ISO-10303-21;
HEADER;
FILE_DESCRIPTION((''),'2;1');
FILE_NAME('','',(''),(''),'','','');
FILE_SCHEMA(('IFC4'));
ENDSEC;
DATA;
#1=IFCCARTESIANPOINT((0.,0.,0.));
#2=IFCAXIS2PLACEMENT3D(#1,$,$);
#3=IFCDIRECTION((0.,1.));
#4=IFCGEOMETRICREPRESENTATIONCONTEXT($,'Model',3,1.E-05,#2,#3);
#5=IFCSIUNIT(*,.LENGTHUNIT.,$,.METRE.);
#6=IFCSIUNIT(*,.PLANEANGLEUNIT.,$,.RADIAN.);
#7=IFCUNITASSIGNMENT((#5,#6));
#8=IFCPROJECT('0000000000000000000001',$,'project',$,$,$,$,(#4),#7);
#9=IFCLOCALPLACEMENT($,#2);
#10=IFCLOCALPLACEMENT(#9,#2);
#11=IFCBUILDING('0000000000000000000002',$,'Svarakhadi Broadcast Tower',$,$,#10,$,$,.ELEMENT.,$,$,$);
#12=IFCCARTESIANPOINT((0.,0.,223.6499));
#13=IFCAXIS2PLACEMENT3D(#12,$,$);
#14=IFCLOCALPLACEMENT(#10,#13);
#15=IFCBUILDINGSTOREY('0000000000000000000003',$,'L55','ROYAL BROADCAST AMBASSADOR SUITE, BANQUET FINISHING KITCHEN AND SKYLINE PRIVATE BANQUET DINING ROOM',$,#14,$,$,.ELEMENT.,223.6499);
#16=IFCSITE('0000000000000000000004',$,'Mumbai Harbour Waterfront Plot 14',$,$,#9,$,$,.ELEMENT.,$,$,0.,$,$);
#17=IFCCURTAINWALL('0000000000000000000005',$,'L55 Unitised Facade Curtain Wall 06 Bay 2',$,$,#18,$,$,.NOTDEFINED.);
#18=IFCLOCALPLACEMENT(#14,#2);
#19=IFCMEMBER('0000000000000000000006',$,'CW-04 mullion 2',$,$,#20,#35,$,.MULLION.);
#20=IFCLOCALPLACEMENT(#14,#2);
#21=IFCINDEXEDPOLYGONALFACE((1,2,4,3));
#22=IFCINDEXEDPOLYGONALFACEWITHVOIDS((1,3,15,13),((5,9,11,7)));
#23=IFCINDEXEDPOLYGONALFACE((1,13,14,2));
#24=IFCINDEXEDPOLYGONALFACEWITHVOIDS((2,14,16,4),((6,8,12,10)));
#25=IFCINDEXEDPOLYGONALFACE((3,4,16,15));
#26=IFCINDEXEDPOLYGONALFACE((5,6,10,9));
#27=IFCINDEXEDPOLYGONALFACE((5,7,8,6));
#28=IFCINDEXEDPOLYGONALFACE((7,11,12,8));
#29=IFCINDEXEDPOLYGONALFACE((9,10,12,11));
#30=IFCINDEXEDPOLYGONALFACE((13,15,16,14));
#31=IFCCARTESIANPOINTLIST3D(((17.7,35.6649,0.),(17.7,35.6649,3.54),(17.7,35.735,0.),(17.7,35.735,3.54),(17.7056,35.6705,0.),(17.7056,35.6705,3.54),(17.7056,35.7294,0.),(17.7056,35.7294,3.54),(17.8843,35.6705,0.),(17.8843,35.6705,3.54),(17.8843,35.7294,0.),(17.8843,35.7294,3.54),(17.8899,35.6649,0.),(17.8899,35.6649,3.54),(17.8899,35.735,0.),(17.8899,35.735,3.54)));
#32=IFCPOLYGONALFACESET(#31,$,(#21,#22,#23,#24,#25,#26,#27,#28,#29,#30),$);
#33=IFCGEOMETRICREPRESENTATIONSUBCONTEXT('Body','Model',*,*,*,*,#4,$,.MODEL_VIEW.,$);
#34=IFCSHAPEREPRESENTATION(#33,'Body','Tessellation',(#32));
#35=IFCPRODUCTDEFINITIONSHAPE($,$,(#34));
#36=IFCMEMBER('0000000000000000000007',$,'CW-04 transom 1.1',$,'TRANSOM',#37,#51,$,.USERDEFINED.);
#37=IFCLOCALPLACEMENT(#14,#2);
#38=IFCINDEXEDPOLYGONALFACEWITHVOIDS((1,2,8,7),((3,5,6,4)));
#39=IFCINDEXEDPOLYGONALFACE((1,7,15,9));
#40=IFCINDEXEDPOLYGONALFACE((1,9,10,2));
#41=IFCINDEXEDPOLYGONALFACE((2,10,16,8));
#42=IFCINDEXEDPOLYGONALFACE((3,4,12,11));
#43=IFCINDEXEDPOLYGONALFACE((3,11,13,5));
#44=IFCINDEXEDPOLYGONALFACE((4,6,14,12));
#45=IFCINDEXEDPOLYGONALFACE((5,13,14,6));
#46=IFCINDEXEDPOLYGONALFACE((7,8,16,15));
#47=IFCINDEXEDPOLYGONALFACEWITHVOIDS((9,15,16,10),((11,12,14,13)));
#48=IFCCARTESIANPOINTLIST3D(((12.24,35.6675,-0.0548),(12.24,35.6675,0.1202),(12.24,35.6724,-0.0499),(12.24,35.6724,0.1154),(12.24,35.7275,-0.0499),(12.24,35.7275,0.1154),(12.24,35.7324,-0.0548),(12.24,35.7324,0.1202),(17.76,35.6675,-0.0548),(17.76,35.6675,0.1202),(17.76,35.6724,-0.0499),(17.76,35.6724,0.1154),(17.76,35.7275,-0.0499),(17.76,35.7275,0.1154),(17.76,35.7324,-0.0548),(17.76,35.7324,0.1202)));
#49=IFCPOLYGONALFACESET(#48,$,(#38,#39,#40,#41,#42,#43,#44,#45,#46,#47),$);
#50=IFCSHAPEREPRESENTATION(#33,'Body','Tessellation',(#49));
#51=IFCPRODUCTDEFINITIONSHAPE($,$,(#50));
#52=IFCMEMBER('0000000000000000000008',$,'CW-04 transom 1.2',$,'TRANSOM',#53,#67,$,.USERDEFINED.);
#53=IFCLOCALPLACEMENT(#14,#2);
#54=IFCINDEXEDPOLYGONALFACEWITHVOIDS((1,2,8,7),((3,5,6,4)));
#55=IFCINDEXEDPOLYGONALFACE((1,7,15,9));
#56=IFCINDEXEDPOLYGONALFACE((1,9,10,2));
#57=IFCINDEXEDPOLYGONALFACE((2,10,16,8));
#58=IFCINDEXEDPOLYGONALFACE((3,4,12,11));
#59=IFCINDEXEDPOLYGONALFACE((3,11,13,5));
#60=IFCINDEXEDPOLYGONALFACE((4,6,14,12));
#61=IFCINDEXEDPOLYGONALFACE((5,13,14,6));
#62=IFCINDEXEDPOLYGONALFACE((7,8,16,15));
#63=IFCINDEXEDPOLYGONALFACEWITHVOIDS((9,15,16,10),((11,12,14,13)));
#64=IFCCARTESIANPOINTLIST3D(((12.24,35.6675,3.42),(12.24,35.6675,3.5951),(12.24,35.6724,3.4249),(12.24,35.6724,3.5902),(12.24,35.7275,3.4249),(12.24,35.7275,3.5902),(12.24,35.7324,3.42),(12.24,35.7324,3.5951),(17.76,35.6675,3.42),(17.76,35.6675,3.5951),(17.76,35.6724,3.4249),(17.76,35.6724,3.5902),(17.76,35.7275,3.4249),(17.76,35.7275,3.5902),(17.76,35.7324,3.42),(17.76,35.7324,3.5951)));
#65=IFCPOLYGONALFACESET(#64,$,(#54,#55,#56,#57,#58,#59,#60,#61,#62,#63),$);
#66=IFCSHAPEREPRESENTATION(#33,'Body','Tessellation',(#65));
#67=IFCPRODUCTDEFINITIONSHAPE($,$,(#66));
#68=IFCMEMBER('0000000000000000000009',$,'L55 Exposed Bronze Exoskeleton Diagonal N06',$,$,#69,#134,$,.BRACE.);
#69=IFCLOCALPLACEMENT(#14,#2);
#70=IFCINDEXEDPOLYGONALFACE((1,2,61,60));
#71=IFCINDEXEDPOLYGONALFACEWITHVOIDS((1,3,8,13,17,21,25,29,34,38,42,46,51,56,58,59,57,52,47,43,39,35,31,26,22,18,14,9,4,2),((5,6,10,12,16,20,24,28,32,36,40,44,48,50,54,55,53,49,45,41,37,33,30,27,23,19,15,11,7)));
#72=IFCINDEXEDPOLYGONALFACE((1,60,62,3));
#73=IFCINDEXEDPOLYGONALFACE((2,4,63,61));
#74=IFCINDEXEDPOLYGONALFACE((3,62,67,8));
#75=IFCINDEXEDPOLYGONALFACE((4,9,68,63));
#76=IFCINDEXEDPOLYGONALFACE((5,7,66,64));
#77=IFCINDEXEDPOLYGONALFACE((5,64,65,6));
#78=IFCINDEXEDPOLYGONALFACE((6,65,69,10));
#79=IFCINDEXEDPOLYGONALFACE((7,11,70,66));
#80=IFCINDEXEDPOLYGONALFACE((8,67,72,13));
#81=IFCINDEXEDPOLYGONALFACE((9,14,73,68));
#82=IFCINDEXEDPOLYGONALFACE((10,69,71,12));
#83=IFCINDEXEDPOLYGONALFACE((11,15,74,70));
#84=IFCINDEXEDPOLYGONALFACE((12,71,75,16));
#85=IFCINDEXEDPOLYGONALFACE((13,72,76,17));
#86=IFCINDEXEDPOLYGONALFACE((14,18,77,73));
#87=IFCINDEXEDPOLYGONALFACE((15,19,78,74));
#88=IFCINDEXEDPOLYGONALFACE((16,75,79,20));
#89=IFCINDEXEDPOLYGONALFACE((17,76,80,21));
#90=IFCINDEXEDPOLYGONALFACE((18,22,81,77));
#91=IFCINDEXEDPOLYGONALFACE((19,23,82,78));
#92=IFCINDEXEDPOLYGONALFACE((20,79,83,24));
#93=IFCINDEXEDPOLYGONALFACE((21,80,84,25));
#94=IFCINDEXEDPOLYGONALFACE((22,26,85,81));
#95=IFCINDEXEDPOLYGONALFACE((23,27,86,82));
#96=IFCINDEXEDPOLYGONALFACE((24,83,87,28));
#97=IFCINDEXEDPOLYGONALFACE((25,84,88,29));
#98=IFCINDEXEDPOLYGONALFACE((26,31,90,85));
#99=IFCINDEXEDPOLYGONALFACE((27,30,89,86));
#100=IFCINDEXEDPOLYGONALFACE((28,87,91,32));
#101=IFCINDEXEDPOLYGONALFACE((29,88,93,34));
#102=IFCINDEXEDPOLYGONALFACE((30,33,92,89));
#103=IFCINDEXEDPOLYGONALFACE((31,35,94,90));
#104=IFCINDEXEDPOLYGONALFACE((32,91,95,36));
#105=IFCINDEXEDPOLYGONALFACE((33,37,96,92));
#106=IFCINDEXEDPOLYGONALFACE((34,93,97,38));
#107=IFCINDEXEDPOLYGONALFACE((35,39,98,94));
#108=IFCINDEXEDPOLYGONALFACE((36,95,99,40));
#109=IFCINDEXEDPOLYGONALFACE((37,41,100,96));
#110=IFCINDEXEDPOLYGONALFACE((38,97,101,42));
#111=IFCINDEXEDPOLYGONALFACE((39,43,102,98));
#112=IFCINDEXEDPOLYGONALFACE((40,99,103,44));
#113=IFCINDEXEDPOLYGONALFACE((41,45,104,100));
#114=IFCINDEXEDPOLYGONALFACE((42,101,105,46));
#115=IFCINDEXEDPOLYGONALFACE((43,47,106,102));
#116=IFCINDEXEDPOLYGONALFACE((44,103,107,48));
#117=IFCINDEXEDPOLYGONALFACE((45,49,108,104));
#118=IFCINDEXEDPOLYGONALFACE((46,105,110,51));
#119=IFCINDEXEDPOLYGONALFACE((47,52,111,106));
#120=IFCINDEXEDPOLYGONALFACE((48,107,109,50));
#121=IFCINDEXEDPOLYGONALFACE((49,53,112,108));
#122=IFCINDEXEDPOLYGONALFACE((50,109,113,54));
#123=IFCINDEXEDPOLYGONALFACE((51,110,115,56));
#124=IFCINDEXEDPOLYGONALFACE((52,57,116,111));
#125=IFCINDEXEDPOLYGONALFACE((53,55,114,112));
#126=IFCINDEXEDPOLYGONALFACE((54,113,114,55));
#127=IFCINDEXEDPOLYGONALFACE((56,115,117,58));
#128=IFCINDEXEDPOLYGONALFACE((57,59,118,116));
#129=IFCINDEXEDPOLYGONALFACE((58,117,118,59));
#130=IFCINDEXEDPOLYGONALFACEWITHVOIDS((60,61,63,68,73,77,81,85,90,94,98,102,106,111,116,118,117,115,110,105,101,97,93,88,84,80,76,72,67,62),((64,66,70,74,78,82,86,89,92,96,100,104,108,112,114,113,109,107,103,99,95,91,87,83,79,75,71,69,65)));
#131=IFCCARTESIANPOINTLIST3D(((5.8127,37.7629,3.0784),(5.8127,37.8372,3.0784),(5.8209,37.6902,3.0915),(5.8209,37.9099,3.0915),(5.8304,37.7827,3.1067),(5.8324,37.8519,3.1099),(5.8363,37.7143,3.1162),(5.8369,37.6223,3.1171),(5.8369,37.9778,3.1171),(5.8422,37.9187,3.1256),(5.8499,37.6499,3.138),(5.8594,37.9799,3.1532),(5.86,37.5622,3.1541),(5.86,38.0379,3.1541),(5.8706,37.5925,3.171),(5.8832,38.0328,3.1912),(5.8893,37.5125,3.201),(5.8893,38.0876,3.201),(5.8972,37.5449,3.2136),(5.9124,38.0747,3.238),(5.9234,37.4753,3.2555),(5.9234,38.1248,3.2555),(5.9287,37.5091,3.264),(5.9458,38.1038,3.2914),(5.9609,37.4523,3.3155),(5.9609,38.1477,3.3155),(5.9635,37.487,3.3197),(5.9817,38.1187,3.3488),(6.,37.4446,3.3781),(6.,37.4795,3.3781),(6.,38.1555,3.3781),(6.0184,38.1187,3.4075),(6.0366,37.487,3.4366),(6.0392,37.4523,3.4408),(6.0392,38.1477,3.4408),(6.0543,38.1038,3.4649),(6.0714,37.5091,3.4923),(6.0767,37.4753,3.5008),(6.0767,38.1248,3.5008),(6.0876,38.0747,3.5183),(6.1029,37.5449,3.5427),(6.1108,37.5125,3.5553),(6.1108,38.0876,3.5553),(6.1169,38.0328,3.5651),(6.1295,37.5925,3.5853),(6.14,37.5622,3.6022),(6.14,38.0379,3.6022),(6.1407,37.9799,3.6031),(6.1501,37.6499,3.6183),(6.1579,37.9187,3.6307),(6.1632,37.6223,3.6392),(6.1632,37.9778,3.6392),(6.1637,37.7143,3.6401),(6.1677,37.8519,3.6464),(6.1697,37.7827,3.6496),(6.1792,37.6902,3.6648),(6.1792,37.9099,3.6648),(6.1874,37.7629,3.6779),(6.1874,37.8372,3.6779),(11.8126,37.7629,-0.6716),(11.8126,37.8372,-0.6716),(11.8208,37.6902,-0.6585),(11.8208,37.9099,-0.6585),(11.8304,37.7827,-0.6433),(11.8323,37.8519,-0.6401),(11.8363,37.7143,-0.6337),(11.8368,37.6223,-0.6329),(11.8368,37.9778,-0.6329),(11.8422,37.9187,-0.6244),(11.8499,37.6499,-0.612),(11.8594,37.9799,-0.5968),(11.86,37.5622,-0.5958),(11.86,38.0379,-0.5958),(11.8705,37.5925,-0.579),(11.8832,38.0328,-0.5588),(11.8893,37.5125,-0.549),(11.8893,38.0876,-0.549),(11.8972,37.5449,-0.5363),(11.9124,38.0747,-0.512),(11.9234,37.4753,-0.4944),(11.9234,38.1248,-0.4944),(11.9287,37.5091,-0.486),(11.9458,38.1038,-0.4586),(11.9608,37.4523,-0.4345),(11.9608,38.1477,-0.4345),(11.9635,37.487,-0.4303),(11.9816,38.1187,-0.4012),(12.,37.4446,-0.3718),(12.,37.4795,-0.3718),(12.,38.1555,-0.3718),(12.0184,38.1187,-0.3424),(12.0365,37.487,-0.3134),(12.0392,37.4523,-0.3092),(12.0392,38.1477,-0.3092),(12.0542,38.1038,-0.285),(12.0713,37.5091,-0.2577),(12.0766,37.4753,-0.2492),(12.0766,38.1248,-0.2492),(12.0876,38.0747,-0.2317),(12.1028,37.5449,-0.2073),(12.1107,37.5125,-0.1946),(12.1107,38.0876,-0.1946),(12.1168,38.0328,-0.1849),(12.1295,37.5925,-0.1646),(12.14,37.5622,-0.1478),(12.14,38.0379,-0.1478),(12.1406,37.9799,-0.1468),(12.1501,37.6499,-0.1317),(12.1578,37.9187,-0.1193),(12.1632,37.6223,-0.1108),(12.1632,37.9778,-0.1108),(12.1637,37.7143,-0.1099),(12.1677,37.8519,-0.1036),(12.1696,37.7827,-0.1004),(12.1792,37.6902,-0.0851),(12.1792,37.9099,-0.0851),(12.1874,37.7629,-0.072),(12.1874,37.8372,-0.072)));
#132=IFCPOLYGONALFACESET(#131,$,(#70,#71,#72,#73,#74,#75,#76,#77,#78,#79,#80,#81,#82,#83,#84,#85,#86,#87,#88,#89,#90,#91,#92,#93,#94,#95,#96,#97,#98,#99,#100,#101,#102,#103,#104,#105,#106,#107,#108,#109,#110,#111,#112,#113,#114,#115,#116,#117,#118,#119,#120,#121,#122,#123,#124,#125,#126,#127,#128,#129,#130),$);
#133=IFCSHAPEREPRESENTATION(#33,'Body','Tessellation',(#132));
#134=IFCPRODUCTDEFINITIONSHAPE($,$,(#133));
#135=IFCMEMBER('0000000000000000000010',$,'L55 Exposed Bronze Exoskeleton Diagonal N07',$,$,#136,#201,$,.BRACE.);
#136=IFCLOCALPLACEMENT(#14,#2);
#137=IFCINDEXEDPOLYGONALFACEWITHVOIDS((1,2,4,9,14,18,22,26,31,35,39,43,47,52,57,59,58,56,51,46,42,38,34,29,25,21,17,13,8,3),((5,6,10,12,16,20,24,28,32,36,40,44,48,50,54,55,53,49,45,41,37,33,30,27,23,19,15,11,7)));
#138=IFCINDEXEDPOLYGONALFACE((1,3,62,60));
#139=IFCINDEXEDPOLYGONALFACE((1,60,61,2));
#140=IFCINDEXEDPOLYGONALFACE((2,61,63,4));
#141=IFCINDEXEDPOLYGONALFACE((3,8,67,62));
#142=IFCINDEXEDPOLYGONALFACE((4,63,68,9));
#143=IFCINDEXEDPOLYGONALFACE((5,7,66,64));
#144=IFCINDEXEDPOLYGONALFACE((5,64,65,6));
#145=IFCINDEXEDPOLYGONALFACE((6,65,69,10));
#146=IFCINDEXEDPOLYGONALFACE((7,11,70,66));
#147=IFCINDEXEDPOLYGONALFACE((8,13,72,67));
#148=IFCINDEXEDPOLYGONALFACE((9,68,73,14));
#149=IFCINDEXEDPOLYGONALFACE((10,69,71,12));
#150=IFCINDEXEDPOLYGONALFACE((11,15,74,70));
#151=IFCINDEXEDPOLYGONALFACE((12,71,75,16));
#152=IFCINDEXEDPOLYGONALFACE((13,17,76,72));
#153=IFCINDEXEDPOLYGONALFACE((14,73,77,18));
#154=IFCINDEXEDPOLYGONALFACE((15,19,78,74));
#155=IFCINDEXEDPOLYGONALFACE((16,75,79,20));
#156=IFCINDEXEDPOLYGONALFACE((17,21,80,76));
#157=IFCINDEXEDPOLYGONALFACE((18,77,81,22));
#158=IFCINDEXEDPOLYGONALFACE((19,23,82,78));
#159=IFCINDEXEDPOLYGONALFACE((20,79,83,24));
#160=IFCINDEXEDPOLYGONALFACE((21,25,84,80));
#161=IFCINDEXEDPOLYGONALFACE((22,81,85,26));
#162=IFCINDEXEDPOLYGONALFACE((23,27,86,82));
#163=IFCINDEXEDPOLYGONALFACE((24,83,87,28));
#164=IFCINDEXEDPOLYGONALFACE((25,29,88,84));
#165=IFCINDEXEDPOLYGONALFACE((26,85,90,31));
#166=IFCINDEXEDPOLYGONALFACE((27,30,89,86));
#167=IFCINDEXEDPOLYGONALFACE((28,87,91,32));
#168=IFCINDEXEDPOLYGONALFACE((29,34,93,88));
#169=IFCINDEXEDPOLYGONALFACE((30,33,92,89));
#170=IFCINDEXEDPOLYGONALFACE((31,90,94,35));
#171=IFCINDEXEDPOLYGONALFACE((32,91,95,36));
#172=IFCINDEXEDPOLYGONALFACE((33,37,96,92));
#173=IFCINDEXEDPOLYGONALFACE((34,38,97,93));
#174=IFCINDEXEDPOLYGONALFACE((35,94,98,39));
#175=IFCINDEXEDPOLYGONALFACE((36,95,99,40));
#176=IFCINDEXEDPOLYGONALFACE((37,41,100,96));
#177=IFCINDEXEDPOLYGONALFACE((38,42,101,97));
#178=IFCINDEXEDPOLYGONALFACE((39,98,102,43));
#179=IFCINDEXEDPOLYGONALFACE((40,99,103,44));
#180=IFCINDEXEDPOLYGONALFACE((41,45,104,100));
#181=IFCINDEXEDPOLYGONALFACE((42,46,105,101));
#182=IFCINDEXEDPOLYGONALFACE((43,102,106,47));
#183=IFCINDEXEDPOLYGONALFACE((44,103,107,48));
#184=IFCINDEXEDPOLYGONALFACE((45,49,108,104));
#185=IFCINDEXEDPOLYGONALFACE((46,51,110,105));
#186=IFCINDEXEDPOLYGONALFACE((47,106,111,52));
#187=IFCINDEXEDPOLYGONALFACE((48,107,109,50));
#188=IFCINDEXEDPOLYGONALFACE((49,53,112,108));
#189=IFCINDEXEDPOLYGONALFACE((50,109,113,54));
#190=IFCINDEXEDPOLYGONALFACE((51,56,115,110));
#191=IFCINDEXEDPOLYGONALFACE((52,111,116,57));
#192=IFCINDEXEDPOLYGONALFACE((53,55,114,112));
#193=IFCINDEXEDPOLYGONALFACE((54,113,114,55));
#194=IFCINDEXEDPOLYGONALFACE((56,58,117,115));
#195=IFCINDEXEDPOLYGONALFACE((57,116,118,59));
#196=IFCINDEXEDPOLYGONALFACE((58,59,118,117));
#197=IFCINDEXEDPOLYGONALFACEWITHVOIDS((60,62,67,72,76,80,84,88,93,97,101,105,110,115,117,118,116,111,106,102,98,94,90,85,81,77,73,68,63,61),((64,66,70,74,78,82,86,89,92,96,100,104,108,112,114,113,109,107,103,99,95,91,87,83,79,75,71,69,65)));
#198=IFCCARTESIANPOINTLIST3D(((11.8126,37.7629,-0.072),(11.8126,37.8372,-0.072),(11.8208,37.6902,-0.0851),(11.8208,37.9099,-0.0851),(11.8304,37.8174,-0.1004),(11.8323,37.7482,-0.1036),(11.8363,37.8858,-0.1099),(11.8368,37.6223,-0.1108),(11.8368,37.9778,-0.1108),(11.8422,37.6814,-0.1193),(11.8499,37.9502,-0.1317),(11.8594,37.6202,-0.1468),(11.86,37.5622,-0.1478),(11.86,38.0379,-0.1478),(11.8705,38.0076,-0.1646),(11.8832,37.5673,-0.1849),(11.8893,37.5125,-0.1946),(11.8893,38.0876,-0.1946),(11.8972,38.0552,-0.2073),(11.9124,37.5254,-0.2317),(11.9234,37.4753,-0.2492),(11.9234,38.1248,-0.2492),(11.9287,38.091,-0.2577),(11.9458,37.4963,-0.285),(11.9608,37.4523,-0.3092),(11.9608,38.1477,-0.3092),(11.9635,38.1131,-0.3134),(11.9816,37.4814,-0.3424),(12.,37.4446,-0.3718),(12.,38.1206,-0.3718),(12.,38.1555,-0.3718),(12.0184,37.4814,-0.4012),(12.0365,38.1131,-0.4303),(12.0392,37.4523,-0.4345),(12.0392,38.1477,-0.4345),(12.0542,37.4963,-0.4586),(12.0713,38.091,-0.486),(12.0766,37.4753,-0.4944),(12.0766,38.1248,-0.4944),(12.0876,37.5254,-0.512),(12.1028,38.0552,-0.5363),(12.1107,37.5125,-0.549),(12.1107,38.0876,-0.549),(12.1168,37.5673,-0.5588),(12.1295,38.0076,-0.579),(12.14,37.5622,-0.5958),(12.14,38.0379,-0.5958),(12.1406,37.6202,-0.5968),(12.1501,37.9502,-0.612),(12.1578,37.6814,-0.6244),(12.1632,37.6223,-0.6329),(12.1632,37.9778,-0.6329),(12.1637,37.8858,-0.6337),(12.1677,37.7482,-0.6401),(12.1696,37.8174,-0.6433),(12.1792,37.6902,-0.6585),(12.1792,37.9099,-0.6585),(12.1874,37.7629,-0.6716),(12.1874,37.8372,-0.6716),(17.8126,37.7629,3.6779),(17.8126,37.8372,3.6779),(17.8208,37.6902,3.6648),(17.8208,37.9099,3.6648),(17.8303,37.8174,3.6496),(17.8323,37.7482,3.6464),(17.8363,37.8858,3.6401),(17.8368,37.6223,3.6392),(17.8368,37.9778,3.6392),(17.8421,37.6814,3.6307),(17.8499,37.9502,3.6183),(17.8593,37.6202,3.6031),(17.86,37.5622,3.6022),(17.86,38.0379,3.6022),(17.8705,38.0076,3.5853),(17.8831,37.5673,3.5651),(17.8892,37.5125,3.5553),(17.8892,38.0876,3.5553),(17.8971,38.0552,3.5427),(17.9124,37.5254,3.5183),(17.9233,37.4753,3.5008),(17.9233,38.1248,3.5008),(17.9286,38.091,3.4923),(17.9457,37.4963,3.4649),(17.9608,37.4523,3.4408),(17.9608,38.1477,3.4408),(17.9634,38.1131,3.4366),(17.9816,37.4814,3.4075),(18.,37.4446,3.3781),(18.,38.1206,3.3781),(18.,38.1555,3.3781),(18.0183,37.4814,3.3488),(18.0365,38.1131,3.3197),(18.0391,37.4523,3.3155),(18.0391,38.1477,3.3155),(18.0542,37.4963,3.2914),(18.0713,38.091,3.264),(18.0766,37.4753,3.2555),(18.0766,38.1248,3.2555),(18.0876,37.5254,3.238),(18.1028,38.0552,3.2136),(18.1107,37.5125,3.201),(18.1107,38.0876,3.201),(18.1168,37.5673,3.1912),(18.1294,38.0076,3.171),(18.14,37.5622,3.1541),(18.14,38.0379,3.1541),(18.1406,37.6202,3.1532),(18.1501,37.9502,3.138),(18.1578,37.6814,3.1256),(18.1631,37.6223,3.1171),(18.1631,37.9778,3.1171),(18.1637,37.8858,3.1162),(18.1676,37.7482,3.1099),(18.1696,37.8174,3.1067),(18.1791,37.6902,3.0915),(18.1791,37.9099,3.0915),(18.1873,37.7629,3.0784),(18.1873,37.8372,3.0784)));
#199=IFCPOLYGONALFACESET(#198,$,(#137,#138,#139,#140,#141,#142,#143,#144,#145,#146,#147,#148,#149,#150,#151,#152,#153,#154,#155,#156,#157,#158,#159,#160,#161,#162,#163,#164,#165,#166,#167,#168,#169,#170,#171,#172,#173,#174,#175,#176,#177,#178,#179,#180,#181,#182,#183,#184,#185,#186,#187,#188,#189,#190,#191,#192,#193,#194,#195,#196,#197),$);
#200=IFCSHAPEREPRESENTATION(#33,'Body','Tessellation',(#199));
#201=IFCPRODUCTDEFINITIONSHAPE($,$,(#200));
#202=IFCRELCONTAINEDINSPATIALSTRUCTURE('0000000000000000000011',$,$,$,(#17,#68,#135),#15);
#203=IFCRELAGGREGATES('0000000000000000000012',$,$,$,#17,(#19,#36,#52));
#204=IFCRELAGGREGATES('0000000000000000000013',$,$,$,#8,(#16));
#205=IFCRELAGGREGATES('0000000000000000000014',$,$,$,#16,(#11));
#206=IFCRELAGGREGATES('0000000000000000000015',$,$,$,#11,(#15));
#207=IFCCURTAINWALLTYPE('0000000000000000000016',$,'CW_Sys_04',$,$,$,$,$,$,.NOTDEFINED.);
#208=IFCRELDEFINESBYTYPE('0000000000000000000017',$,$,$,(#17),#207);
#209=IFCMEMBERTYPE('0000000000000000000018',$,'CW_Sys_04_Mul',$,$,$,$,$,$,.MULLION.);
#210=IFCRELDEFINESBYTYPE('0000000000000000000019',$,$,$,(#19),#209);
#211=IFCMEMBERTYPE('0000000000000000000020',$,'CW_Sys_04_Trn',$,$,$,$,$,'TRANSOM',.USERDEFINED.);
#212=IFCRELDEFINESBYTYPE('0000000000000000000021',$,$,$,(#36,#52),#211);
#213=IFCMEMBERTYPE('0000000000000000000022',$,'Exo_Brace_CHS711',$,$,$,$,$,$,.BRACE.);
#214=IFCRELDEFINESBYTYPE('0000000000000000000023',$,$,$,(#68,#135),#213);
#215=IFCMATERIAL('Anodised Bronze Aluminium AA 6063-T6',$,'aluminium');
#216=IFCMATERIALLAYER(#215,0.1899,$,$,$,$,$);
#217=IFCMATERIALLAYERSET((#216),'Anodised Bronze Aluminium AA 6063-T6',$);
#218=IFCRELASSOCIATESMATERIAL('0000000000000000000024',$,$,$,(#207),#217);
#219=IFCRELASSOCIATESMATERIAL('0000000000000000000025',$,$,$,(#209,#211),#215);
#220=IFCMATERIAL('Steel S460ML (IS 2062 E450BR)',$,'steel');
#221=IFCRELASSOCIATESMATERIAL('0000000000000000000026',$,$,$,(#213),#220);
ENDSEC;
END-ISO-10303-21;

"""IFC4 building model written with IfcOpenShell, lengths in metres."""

from ifc_helpers import new_model, si_unit, direction, frame, origin, origin_2d, place, context, subcontext, project, spatial, hollow_rectangle, hollow_circle, extrude, material, layer, layer_set, material_profile, profile_set, type_object, element, aggregate, save


model = new_model("IFC4")

# Units and contexts
model_context = context("Model", 3, precision=1e-05, world=origin(), true_north=direction((0.0, 1.0)))
body_context = subcontext(model_context, "Body", "Model", "MODEL_VIEW")
ifc_project = project(units=[si_unit("LENGTHUNIT", "METRE"), si_unit("PLANEANGLEUNIT", "RADIAN")], contexts=[model_context])

# Site, building, storey
site_placement = place(None, origin())
site = spatial("IfcSite", under=ifc_project, at=site_placement, Name="Mumbai Harbour Waterfront Plot 14", CompositionType="ELEMENT", RefElevation=0.0)
building_placement = place(site_placement, origin())
building = spatial("IfcBuilding", under=site, at=building_placement, Name="Svarakhadi Broadcast Tower", CompositionType="ELEMENT")
storey_placement = place(building_placement, frame((0.0, 0.0, 223.6499)))
storey = spatial("IfcBuildingStorey", under=building, at=storey_placement, Name="L55", Description="ROYAL BROADCAST AMBASSADOR SUITE, BANQUET FINISHING KITCHEN AND SKYLINE PRIVATE BANQUET DINING ROOM", CompositionType="ELEMENT", Elevation=223.6499)

# Shared definitions
ifc_material_1 = material(Name="Steel S460ML (IS 2062 E450BR)", Category="steel")

# Shared definitions
ifc_material_2 = material(Name="Anodised Bronze Aluminium AA 6063-T6", Category="aluminium")
ifc_layer_1 = layer(ifc_material_2, 0.1899)
ifc_layer_set_1 = layer_set([ifc_layer_1], Name="Anodised Bronze Aluminium AA 6063-T6")
curtain_wall_type = type_object("IfcCurtainWallType", Name="CW_Sys_04", PredefinedType="NOTDEFINED", material=ifc_layer_set_1)
ifc_material_profile_1 = material_profile(ifc_material_2, hollow_rectangle(XDim=0.0701, YDim=0.1899, WallThickness=0.0056, at=origin_2d()), Name="ALU MULLION 190x70x6")
ifc_profile_set_1 = profile_set([ifc_material_profile_1], Name="Anodised Bronze Aluminium AA 6063-T6")
member_type_1 = type_object("IfcMemberType", Name="CW_Sys_04_Mul", PredefinedType="MULLION", material=ifc_profile_set_1)

# Curtain wall, members
curtain_wall_1_placement = place(storey_placement, origin())
curtain_wall_1 = element("IfcCurtainWall", 1, at=curtain_wall_1_placement, inside=storey, type_object=curtain_wall_type, Name="L55 Unitised Facade Curtain Wall 06 Bay 2", PredefinedType="NOTDEFINED")
member_1_placement = place(storey_placement, frame((17.7949, 35.7, 0.0), z_axis=(0.0, 0.0, 1.0), x_axis=(0.0, 1.0, 0.0)))
member_1 = element("IfcMember", 2, at=member_1_placement, type_object=member_type_1, Name="CW-04 mullion 2", PredefinedType="MULLION", context=body_context, shape_type="SweptSolid", body=[
    extrude(hollow_rectangle(XDim=0.0701, YDim=0.1899, WallThickness=0.0056, at=origin_2d()), origin(), (0.0, 0.0, 1.0), 3.54),
])
ifc_material_profile_2 = material_profile(ifc_material_2, hollow_rectangle(XDim=0.0649, YDim=0.175, WallThickness=0.0049, at=origin_2d()), Name="ALU TRANSOM 175x65x5")
ifc_profile_set_2 = profile_set([ifc_material_profile_2], Name="Anodised Bronze Aluminium AA 6063-T6")
member_type_2 = type_object("IfcMemberType", Name="CW_Sys_04_Trn", ElementType="TRANSOM", PredefinedType="USERDEFINED", material=ifc_profile_set_2)
member_2_placement = place(storey_placement, frame((12.24, 35.7, 0.0327), z_axis=(1.0, 0.0, 0.0), x_axis=(0.0, 1.0, 0.0)))
member_2 = element("IfcMember", 3, at=member_2_placement, type_object=member_type_2, Name="CW-04 transom 1.1", ObjectType="TRANSOM", PredefinedType="USERDEFINED", context=body_context, shape_type="SweptSolid", body=[
    extrude(hollow_rectangle(XDim=0.0649, YDim=0.175, WallThickness=0.0049, at=origin_2d()), origin(), (0.0, 0.0, 1.0), 5.52),
])
member_3_placement = place(storey_placement, frame((12.24, 35.7, 3.5076), z_axis=(1.0, 0.0, 0.0), x_axis=(0.0, 1.0, 0.0)))
member_3 = element("IfcMember", 4, at=member_3_placement, type_object=member_type_2, Name="CW-04 transom 1.2", ObjectType="TRANSOM", PredefinedType="USERDEFINED", context=body_context, shape_type="SweptSolid", body=[
    extrude(hollow_rectangle(XDim=0.0649, YDim=0.175, WallThickness=0.0049, at=origin_2d()), origin(), (0.0, 0.0, 1.0), 5.52),
])

# Members
ifc_material_profile_3 = material_profile(ifc_material_1, hollow_circle(Radius=0.3555, WallThickness=0.0349, at=origin_2d()), Name="CHS 711x35")
ifc_profile_set_3 = profile_set([ifc_material_profile_3], Name="Steel S460ML (IS 2062 E450BR)")
member_type_3 = type_object("IfcMemberType", Name="Exo_Brace_CHS711", PredefinedType="BRACE", material=ifc_profile_set_3)
for number, where, z_axis, x_axis, name in (
    (5, (12.0, 37.8, -0.3718), (-0.847998, 0.0, 0.529999), (0.0, -1.0, 0.0), "L55 Exposed Bronze Exoskeleton Diagonal N06"),
    (6, (12.0, 37.8, -0.3718), (0.847998, 0.0, 0.529999), (0.0, 1.0, 0.0), "L55 Exposed Bronze Exoskeleton Diagonal N07"),
):
    element("IfcMember", number, at=place(storey_placement, frame(where, z_axis=z_axis, x_axis=x_axis)), inside=storey, type_object=member_type_3, Name=name, PredefinedType="BRACE", context=body_context, shape_type="SweptSolid", body=[
        extrude(hollow_circle(Radius=0.3555, WallThickness=0.0349, at=origin_2d()), origin(), (0.0, 0.0, 1.0), 7.0754),
    ])

aggregate(curtain_wall_1, [member_1, member_2, member_3])

save(model, "model.ifc")
